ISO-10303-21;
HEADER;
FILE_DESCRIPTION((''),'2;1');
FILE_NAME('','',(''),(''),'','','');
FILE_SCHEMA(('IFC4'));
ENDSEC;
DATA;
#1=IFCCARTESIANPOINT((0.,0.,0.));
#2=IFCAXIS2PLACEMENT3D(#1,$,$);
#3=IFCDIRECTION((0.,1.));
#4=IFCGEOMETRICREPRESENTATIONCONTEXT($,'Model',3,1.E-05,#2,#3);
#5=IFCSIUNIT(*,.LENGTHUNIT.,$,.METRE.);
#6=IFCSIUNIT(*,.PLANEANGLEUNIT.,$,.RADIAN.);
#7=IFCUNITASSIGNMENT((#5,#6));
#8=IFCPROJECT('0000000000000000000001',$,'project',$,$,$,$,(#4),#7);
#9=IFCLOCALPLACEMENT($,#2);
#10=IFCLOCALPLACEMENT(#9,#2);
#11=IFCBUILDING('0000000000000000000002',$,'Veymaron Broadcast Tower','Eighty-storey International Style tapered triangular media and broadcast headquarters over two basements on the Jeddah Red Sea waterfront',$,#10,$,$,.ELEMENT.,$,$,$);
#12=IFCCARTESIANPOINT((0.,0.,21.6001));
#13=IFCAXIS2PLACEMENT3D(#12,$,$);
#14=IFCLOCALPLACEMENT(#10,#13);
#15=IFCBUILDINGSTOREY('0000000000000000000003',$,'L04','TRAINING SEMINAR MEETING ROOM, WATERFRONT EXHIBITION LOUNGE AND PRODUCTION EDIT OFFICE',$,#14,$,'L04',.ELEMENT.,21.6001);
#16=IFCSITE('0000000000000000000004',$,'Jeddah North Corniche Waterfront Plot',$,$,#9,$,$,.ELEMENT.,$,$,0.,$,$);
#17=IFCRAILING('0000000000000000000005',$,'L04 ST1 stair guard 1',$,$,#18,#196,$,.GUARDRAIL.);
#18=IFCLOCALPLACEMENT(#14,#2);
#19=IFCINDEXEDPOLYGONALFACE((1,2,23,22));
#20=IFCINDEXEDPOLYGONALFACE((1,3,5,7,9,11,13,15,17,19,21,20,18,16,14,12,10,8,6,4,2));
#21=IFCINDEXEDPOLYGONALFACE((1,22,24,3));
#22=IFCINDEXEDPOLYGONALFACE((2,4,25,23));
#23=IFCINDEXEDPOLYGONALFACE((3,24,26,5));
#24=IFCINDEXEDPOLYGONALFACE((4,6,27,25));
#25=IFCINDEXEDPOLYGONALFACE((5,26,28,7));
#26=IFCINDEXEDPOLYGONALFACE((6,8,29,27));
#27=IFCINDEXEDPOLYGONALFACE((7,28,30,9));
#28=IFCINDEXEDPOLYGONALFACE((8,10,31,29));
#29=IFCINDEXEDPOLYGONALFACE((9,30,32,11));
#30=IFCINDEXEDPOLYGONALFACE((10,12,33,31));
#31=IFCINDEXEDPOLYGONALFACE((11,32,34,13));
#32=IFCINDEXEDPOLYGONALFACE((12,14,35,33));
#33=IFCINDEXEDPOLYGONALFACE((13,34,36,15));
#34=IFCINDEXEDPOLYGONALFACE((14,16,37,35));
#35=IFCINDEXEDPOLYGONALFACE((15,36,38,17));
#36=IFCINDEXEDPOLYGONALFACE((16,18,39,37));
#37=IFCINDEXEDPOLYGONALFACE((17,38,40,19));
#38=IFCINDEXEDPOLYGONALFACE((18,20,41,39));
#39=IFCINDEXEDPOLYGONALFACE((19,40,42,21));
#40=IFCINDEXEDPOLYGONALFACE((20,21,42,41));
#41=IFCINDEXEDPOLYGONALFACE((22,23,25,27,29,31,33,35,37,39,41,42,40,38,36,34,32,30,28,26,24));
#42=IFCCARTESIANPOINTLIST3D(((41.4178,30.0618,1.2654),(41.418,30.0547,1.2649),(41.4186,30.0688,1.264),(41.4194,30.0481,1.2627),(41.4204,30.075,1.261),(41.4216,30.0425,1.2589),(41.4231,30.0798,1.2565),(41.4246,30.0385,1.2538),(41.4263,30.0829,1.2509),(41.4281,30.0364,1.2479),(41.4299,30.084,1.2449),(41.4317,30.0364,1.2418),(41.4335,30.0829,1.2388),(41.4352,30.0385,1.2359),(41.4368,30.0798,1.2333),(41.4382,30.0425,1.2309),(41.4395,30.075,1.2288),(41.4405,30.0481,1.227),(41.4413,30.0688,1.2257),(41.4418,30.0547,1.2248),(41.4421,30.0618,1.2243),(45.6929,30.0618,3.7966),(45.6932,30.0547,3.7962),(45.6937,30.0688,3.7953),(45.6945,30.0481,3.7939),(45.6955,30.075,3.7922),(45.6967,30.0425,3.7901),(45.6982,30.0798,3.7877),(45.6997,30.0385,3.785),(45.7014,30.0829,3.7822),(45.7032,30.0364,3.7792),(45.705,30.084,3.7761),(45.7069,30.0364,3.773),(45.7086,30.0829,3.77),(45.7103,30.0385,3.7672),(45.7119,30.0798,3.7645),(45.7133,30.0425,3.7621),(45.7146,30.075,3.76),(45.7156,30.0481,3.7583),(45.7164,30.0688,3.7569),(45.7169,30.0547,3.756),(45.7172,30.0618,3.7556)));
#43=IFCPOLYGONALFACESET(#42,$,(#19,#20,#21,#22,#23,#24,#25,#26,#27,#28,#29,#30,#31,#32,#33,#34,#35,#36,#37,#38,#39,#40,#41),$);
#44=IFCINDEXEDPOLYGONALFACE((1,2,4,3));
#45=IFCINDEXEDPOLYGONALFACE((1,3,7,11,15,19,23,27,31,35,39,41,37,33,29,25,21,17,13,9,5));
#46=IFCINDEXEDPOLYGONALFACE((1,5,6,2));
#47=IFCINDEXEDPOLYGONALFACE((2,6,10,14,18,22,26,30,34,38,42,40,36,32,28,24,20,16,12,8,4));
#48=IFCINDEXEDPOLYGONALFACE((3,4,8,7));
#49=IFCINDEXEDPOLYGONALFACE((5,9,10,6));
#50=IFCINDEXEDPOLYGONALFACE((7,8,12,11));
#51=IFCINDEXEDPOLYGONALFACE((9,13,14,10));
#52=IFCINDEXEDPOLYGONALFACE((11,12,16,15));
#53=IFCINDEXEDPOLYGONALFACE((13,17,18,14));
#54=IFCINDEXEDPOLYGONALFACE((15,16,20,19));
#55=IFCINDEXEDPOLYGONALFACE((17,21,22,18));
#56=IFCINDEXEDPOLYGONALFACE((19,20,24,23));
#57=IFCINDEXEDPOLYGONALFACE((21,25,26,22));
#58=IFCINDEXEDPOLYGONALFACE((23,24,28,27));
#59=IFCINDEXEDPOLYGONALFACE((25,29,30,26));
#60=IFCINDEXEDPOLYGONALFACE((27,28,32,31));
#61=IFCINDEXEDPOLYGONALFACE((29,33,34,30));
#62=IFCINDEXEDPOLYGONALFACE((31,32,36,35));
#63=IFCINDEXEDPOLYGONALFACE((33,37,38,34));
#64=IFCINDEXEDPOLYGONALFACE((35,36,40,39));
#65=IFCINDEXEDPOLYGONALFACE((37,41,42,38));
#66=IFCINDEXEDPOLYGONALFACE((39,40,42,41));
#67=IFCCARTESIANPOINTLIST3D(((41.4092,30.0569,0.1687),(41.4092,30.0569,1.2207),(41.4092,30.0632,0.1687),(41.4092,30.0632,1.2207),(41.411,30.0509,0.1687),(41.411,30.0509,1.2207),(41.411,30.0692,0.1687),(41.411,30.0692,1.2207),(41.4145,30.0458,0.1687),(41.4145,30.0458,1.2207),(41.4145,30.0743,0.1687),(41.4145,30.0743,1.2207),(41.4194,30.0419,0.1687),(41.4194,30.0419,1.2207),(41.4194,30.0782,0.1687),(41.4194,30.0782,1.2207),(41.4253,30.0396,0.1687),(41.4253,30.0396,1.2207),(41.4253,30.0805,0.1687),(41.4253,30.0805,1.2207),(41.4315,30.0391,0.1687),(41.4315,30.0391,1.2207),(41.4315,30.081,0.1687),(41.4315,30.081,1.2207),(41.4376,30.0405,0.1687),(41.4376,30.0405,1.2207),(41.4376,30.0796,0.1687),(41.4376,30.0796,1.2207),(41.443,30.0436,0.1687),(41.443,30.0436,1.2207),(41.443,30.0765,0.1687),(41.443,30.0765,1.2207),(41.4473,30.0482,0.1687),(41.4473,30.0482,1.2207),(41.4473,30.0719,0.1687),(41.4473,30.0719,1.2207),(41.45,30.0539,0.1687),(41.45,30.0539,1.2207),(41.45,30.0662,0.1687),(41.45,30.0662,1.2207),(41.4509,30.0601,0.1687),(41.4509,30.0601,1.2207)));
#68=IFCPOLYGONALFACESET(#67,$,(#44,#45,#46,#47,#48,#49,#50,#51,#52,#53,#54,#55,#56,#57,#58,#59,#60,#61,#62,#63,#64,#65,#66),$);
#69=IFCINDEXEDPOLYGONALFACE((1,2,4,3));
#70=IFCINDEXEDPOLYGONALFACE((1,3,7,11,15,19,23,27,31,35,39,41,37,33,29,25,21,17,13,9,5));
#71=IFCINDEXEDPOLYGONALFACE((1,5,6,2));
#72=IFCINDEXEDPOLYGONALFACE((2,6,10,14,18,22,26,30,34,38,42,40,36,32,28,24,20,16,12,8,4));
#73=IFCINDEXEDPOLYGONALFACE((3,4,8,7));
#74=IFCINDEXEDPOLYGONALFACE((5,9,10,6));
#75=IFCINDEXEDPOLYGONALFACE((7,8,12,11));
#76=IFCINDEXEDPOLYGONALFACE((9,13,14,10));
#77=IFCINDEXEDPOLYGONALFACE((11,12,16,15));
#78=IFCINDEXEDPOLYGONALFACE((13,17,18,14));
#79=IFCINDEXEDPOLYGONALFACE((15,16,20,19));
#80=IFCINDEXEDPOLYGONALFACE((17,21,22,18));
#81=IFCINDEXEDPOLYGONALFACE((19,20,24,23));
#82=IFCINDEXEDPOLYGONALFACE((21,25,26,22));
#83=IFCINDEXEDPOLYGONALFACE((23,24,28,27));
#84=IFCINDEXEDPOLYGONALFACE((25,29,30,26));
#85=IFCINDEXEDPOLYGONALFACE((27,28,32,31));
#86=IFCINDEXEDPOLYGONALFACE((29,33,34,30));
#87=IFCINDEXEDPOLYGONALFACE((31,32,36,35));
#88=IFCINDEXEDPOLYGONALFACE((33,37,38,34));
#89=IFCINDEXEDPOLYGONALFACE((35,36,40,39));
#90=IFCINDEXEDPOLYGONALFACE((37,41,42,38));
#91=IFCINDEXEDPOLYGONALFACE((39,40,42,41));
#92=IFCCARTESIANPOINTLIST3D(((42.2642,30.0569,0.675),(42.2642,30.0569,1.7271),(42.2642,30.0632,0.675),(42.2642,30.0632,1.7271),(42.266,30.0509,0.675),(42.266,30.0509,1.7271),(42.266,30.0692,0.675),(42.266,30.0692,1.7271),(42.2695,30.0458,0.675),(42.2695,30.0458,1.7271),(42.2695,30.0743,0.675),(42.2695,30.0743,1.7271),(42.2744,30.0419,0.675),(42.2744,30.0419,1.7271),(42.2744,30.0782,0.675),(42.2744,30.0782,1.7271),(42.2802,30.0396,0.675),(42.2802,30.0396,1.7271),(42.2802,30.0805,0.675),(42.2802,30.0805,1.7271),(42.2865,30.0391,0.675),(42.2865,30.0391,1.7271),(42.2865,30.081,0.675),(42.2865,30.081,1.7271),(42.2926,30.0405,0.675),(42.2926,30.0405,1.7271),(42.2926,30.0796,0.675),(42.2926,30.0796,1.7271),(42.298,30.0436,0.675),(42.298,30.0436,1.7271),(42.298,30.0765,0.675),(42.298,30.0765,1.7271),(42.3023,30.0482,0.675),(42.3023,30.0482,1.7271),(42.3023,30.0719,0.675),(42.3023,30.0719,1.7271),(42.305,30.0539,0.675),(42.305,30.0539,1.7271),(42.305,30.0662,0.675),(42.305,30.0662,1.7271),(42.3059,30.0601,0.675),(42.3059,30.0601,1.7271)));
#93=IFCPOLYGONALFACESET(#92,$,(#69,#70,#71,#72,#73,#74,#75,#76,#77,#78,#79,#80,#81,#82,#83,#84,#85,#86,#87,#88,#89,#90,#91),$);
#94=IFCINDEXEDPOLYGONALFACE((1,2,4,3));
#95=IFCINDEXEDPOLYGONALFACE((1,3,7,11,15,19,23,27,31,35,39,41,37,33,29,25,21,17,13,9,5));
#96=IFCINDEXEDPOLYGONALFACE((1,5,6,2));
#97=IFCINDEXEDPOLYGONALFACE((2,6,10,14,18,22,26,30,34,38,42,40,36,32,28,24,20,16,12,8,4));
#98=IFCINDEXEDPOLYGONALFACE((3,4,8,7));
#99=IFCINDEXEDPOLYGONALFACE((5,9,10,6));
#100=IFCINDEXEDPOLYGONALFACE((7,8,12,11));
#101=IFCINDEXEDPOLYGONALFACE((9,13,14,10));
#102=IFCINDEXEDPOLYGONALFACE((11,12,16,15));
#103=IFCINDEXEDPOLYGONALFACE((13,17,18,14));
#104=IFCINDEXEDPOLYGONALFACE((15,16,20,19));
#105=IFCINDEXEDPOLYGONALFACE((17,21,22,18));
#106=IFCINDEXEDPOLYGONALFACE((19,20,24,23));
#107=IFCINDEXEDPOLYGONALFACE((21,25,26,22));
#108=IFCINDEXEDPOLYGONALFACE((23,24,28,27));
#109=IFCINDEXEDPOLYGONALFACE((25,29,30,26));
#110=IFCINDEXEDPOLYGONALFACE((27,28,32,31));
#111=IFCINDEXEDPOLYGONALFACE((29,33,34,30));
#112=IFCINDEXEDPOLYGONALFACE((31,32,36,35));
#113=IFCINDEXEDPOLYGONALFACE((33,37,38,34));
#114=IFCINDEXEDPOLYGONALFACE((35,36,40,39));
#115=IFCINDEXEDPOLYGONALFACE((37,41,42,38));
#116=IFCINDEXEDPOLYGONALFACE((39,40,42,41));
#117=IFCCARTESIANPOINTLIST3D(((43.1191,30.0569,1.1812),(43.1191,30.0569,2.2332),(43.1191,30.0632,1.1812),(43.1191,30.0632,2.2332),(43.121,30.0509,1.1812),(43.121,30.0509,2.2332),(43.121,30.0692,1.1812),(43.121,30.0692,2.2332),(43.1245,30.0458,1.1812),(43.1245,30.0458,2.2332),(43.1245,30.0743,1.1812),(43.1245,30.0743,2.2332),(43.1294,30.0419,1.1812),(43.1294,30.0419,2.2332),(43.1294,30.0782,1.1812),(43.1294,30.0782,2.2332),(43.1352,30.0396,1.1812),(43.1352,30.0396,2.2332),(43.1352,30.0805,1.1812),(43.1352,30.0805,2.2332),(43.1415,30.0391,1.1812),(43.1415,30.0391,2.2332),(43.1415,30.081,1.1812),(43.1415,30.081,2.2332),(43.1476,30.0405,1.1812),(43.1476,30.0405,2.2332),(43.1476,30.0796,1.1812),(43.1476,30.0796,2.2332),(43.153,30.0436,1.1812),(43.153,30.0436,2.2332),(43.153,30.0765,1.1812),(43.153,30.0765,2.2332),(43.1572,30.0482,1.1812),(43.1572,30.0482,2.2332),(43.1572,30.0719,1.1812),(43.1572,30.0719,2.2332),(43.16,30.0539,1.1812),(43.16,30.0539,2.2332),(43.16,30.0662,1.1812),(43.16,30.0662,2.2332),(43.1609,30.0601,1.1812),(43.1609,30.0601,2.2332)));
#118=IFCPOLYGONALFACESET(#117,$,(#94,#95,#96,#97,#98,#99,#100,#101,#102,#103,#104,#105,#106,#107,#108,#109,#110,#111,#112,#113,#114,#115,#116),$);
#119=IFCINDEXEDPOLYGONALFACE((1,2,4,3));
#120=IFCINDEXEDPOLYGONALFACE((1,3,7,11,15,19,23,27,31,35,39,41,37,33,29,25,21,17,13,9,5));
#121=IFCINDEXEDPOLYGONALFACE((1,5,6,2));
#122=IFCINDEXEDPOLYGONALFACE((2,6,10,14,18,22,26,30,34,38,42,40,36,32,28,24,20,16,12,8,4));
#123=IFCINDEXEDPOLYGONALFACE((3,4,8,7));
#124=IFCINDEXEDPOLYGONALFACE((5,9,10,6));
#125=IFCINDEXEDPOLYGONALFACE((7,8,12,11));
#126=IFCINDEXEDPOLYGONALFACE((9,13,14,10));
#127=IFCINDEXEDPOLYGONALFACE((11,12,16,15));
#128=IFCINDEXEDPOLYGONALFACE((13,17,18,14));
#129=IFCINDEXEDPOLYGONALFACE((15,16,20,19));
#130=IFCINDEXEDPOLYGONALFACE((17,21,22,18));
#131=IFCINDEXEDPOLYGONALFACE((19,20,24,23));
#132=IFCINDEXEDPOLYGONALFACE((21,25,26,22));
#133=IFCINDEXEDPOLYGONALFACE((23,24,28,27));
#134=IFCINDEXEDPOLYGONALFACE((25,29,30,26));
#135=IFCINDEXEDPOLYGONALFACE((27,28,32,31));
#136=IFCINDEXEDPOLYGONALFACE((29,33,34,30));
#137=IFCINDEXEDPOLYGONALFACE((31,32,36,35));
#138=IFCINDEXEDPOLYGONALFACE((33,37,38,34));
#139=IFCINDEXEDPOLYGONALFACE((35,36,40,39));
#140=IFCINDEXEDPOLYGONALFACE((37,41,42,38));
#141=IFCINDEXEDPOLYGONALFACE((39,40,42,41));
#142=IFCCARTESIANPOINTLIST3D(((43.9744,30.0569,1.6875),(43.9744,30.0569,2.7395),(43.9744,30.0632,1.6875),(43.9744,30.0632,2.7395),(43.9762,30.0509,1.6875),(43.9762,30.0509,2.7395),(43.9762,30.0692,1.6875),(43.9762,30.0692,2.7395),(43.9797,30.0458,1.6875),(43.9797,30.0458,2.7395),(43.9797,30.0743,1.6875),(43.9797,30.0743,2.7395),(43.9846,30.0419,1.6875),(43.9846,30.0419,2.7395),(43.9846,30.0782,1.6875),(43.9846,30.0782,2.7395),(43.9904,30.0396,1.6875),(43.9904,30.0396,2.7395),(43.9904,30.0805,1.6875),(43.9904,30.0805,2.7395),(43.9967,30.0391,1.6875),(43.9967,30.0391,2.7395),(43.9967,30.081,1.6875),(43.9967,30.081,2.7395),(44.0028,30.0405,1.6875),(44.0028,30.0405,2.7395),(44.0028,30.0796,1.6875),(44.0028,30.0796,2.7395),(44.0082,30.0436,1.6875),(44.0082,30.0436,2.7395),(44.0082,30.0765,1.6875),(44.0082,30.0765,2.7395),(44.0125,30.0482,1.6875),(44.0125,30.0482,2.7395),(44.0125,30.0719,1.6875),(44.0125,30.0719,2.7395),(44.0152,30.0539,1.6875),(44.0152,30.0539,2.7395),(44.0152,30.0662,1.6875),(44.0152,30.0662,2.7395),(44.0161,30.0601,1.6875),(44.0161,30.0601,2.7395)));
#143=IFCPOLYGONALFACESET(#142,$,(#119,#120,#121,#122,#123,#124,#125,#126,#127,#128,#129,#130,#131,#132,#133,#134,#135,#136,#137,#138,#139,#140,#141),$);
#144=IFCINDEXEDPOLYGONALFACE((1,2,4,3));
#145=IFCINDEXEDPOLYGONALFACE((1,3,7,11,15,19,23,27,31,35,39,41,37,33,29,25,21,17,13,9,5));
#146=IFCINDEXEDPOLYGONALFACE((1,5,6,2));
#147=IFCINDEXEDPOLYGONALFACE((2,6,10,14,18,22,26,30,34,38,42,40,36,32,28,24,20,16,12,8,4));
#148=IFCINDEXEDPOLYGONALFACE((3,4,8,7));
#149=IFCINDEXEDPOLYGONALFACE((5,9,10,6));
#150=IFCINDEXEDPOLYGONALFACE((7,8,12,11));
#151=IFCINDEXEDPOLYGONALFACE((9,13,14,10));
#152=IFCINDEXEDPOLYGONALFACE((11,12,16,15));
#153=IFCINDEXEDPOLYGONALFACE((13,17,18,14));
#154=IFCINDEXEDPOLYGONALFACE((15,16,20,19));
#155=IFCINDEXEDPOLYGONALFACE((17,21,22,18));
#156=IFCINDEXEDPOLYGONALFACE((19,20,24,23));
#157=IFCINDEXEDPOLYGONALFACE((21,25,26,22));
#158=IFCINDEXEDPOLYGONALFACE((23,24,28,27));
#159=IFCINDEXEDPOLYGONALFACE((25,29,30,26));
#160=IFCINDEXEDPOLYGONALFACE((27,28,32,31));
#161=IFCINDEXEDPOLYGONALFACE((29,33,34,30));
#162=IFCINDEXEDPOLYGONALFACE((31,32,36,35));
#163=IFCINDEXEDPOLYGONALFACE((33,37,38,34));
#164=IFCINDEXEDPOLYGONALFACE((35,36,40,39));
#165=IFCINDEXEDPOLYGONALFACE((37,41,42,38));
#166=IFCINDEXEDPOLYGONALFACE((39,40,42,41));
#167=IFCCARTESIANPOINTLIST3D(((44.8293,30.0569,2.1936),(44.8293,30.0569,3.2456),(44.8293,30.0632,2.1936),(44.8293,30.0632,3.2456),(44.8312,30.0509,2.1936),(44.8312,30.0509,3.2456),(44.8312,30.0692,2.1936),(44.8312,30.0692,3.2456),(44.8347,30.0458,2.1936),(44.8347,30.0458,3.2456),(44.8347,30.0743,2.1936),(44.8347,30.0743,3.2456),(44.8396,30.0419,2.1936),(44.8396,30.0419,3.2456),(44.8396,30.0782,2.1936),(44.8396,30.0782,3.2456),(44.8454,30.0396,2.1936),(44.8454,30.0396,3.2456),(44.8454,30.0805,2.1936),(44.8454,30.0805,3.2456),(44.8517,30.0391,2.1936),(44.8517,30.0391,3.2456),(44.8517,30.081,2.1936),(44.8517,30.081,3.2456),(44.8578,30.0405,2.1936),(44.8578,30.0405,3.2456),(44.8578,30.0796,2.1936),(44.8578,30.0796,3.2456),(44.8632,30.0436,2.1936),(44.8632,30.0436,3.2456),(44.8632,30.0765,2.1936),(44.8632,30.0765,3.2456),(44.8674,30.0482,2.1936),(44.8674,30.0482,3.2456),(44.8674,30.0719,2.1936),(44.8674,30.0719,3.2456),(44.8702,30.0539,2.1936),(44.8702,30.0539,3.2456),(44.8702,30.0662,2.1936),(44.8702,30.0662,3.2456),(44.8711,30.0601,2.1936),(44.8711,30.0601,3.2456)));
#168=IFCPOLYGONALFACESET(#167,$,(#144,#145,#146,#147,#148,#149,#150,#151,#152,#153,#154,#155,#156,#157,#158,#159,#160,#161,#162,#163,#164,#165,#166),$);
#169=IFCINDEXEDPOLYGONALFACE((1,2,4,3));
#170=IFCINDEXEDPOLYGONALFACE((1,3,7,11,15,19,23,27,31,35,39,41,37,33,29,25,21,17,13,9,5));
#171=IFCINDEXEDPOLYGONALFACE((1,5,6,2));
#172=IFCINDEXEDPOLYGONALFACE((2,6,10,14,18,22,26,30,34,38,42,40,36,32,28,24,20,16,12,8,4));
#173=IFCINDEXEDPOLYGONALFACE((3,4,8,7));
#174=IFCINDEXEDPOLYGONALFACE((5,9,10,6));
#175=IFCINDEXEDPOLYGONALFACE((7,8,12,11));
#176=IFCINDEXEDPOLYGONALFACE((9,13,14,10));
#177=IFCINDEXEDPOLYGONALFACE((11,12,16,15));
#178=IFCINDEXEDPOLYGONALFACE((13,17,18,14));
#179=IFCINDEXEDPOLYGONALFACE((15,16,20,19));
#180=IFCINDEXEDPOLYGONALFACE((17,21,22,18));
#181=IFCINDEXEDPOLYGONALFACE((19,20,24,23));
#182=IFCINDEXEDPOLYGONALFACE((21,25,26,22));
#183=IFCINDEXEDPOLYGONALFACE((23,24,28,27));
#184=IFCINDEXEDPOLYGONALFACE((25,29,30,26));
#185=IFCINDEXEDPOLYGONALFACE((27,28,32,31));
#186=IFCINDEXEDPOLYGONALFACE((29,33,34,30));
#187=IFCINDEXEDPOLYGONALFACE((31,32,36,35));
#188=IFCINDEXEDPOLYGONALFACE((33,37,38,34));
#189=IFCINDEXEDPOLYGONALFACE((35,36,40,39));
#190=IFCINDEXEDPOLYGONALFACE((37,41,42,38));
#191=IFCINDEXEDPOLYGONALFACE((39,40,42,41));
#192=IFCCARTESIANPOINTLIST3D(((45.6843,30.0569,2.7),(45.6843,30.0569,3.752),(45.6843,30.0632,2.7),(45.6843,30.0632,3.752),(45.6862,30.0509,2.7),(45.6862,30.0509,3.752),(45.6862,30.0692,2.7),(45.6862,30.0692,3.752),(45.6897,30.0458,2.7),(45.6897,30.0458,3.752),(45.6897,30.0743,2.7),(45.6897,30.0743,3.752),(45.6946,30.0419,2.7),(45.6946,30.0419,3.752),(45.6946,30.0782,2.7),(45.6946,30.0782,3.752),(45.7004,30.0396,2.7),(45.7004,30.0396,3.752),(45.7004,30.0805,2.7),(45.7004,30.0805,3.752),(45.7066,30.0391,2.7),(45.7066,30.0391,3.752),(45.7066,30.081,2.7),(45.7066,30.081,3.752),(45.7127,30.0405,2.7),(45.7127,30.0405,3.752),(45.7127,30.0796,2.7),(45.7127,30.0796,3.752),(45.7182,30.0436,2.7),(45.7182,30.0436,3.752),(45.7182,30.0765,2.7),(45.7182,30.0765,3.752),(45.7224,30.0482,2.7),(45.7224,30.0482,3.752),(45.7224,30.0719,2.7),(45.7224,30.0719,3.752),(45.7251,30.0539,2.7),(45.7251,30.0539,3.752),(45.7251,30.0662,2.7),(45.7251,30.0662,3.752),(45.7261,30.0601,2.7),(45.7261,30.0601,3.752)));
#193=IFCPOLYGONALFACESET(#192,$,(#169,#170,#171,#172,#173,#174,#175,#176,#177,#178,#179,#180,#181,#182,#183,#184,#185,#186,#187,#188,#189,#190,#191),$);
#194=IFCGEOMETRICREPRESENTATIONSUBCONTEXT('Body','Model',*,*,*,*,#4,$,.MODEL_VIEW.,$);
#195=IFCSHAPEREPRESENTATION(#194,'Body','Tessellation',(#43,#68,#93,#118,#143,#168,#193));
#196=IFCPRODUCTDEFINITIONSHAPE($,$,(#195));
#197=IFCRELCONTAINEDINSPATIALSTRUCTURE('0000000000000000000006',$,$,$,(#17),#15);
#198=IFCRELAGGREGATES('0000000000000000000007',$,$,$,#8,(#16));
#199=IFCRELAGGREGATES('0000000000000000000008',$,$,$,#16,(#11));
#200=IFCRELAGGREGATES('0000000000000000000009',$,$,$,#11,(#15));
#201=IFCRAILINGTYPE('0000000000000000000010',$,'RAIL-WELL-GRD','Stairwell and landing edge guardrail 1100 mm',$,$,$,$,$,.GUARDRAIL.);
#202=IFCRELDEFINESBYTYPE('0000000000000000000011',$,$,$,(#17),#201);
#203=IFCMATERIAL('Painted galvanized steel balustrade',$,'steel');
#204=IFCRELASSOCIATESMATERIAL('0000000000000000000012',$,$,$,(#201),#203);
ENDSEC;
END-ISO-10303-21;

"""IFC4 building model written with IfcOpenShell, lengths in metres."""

from ifc_helpers import new_model, si_unit, direction, frame, origin, origin_2d, place, context, subcontext, project, spatial, circle, extrude, material, type_object, element, save


model = new_model("IFC4")

# Units and contexts
model_context = context("Model", 3, precision=1e-05, world=origin(), true_north=direction((0.0, 1.0)))
body_context = subcontext(model_context, "Body", "Model", "MODEL_VIEW")
ifc_project = project(units=[si_unit("LENGTHUNIT", "METRE"), si_unit("PLANEANGLEUNIT", "RADIAN")], contexts=[model_context])

# Site, building, storey
site_placement = place(None, origin())
site = spatial("IfcSite", under=ifc_project, at=site_placement, Name="Jeddah North Corniche Waterfront Plot", CompositionType="ELEMENT", RefElevation=0.0)
building_placement = place(site_placement, origin())
building = spatial("IfcBuilding", under=site, at=building_placement, Name="Veymaron Broadcast Tower", Description="Eighty-storey International Style tapered triangular media and broadcast headquarters over two basements on the Jeddah Red Sea waterfront", CompositionType="ELEMENT")
storey_placement = place(building_placement, frame((0.0, 0.0, 21.6001)))
storey = spatial("IfcBuildingStorey", under=building, at=storey_placement, Name="L04", Description="TRAINING SEMINAR MEETING ROOM, WATERFRONT EXHIBITION LOUNGE AND PRODUCTION EDIT OFFICE", LongName="L04", CompositionType="ELEMENT", Elevation=21.6001)

# Railing
ifc_material_1 = material(Name="Painted galvanized steel balustrade", Category="steel")
railing_type_1 = type_object("IfcRailingType", Name="RAIL-WELL-GRD", Description="Stairwell and landing edge guardrail 1100 mm", PredefinedType="GUARDRAIL", material=ifc_material_1)
railing_1_placement = place(storey_placement, frame((41.4299, 30.0601, 0.1687)))
element("IfcRailing", 1, at=railing_1_placement, inside=storey, type_object=railing_type_1, Name="L04 ST1 stair guard 1", PredefinedType="GUARDRAIL", context=body_context, shape_type="SweptSolid", body=[
    extrude(circle(Radius=0.0239, at=origin_2d()), frame((0.0, 0.0, 1.0762), z_axis=(0.860483, 0.0, 0.509479), x_axis=(0.0, 1.0, 0.0)), (0.0, 0.0, 1.0), 4.9683),
    extrude(circle(Radius=0.021, at=origin_2d()), origin(), (0.0, 0.0, 1.0), 1.052),
    extrude(circle(Radius=0.021, at=origin_2d()), frame((0.855, 0.0, 0.5063)), (0.0, 0.0, 1.0), 1.052),
    extrude(circle(Radius=0.021, at=origin_2d()), frame((1.71, 0.0, 1.0125)), (0.0, 0.0, 1.0), 1.052),
    extrude(circle(Radius=0.021, at=origin_2d()), frame((2.5652, 0.0, 1.5188)), (0.0, 0.0, 1.0), 1.052),
    extrude(circle(Radius=0.021, at=origin_2d()), frame((3.4202, 0.0, 2.0249)), (0.0, 0.0, 1.0), 1.052),
    extrude(circle(Radius=0.021, at=origin_2d()), frame((4.2751, 0.0, 2.5312)), (0.0, 0.0, 1.0), 1.052),
])

save(model, "model.ifc")
